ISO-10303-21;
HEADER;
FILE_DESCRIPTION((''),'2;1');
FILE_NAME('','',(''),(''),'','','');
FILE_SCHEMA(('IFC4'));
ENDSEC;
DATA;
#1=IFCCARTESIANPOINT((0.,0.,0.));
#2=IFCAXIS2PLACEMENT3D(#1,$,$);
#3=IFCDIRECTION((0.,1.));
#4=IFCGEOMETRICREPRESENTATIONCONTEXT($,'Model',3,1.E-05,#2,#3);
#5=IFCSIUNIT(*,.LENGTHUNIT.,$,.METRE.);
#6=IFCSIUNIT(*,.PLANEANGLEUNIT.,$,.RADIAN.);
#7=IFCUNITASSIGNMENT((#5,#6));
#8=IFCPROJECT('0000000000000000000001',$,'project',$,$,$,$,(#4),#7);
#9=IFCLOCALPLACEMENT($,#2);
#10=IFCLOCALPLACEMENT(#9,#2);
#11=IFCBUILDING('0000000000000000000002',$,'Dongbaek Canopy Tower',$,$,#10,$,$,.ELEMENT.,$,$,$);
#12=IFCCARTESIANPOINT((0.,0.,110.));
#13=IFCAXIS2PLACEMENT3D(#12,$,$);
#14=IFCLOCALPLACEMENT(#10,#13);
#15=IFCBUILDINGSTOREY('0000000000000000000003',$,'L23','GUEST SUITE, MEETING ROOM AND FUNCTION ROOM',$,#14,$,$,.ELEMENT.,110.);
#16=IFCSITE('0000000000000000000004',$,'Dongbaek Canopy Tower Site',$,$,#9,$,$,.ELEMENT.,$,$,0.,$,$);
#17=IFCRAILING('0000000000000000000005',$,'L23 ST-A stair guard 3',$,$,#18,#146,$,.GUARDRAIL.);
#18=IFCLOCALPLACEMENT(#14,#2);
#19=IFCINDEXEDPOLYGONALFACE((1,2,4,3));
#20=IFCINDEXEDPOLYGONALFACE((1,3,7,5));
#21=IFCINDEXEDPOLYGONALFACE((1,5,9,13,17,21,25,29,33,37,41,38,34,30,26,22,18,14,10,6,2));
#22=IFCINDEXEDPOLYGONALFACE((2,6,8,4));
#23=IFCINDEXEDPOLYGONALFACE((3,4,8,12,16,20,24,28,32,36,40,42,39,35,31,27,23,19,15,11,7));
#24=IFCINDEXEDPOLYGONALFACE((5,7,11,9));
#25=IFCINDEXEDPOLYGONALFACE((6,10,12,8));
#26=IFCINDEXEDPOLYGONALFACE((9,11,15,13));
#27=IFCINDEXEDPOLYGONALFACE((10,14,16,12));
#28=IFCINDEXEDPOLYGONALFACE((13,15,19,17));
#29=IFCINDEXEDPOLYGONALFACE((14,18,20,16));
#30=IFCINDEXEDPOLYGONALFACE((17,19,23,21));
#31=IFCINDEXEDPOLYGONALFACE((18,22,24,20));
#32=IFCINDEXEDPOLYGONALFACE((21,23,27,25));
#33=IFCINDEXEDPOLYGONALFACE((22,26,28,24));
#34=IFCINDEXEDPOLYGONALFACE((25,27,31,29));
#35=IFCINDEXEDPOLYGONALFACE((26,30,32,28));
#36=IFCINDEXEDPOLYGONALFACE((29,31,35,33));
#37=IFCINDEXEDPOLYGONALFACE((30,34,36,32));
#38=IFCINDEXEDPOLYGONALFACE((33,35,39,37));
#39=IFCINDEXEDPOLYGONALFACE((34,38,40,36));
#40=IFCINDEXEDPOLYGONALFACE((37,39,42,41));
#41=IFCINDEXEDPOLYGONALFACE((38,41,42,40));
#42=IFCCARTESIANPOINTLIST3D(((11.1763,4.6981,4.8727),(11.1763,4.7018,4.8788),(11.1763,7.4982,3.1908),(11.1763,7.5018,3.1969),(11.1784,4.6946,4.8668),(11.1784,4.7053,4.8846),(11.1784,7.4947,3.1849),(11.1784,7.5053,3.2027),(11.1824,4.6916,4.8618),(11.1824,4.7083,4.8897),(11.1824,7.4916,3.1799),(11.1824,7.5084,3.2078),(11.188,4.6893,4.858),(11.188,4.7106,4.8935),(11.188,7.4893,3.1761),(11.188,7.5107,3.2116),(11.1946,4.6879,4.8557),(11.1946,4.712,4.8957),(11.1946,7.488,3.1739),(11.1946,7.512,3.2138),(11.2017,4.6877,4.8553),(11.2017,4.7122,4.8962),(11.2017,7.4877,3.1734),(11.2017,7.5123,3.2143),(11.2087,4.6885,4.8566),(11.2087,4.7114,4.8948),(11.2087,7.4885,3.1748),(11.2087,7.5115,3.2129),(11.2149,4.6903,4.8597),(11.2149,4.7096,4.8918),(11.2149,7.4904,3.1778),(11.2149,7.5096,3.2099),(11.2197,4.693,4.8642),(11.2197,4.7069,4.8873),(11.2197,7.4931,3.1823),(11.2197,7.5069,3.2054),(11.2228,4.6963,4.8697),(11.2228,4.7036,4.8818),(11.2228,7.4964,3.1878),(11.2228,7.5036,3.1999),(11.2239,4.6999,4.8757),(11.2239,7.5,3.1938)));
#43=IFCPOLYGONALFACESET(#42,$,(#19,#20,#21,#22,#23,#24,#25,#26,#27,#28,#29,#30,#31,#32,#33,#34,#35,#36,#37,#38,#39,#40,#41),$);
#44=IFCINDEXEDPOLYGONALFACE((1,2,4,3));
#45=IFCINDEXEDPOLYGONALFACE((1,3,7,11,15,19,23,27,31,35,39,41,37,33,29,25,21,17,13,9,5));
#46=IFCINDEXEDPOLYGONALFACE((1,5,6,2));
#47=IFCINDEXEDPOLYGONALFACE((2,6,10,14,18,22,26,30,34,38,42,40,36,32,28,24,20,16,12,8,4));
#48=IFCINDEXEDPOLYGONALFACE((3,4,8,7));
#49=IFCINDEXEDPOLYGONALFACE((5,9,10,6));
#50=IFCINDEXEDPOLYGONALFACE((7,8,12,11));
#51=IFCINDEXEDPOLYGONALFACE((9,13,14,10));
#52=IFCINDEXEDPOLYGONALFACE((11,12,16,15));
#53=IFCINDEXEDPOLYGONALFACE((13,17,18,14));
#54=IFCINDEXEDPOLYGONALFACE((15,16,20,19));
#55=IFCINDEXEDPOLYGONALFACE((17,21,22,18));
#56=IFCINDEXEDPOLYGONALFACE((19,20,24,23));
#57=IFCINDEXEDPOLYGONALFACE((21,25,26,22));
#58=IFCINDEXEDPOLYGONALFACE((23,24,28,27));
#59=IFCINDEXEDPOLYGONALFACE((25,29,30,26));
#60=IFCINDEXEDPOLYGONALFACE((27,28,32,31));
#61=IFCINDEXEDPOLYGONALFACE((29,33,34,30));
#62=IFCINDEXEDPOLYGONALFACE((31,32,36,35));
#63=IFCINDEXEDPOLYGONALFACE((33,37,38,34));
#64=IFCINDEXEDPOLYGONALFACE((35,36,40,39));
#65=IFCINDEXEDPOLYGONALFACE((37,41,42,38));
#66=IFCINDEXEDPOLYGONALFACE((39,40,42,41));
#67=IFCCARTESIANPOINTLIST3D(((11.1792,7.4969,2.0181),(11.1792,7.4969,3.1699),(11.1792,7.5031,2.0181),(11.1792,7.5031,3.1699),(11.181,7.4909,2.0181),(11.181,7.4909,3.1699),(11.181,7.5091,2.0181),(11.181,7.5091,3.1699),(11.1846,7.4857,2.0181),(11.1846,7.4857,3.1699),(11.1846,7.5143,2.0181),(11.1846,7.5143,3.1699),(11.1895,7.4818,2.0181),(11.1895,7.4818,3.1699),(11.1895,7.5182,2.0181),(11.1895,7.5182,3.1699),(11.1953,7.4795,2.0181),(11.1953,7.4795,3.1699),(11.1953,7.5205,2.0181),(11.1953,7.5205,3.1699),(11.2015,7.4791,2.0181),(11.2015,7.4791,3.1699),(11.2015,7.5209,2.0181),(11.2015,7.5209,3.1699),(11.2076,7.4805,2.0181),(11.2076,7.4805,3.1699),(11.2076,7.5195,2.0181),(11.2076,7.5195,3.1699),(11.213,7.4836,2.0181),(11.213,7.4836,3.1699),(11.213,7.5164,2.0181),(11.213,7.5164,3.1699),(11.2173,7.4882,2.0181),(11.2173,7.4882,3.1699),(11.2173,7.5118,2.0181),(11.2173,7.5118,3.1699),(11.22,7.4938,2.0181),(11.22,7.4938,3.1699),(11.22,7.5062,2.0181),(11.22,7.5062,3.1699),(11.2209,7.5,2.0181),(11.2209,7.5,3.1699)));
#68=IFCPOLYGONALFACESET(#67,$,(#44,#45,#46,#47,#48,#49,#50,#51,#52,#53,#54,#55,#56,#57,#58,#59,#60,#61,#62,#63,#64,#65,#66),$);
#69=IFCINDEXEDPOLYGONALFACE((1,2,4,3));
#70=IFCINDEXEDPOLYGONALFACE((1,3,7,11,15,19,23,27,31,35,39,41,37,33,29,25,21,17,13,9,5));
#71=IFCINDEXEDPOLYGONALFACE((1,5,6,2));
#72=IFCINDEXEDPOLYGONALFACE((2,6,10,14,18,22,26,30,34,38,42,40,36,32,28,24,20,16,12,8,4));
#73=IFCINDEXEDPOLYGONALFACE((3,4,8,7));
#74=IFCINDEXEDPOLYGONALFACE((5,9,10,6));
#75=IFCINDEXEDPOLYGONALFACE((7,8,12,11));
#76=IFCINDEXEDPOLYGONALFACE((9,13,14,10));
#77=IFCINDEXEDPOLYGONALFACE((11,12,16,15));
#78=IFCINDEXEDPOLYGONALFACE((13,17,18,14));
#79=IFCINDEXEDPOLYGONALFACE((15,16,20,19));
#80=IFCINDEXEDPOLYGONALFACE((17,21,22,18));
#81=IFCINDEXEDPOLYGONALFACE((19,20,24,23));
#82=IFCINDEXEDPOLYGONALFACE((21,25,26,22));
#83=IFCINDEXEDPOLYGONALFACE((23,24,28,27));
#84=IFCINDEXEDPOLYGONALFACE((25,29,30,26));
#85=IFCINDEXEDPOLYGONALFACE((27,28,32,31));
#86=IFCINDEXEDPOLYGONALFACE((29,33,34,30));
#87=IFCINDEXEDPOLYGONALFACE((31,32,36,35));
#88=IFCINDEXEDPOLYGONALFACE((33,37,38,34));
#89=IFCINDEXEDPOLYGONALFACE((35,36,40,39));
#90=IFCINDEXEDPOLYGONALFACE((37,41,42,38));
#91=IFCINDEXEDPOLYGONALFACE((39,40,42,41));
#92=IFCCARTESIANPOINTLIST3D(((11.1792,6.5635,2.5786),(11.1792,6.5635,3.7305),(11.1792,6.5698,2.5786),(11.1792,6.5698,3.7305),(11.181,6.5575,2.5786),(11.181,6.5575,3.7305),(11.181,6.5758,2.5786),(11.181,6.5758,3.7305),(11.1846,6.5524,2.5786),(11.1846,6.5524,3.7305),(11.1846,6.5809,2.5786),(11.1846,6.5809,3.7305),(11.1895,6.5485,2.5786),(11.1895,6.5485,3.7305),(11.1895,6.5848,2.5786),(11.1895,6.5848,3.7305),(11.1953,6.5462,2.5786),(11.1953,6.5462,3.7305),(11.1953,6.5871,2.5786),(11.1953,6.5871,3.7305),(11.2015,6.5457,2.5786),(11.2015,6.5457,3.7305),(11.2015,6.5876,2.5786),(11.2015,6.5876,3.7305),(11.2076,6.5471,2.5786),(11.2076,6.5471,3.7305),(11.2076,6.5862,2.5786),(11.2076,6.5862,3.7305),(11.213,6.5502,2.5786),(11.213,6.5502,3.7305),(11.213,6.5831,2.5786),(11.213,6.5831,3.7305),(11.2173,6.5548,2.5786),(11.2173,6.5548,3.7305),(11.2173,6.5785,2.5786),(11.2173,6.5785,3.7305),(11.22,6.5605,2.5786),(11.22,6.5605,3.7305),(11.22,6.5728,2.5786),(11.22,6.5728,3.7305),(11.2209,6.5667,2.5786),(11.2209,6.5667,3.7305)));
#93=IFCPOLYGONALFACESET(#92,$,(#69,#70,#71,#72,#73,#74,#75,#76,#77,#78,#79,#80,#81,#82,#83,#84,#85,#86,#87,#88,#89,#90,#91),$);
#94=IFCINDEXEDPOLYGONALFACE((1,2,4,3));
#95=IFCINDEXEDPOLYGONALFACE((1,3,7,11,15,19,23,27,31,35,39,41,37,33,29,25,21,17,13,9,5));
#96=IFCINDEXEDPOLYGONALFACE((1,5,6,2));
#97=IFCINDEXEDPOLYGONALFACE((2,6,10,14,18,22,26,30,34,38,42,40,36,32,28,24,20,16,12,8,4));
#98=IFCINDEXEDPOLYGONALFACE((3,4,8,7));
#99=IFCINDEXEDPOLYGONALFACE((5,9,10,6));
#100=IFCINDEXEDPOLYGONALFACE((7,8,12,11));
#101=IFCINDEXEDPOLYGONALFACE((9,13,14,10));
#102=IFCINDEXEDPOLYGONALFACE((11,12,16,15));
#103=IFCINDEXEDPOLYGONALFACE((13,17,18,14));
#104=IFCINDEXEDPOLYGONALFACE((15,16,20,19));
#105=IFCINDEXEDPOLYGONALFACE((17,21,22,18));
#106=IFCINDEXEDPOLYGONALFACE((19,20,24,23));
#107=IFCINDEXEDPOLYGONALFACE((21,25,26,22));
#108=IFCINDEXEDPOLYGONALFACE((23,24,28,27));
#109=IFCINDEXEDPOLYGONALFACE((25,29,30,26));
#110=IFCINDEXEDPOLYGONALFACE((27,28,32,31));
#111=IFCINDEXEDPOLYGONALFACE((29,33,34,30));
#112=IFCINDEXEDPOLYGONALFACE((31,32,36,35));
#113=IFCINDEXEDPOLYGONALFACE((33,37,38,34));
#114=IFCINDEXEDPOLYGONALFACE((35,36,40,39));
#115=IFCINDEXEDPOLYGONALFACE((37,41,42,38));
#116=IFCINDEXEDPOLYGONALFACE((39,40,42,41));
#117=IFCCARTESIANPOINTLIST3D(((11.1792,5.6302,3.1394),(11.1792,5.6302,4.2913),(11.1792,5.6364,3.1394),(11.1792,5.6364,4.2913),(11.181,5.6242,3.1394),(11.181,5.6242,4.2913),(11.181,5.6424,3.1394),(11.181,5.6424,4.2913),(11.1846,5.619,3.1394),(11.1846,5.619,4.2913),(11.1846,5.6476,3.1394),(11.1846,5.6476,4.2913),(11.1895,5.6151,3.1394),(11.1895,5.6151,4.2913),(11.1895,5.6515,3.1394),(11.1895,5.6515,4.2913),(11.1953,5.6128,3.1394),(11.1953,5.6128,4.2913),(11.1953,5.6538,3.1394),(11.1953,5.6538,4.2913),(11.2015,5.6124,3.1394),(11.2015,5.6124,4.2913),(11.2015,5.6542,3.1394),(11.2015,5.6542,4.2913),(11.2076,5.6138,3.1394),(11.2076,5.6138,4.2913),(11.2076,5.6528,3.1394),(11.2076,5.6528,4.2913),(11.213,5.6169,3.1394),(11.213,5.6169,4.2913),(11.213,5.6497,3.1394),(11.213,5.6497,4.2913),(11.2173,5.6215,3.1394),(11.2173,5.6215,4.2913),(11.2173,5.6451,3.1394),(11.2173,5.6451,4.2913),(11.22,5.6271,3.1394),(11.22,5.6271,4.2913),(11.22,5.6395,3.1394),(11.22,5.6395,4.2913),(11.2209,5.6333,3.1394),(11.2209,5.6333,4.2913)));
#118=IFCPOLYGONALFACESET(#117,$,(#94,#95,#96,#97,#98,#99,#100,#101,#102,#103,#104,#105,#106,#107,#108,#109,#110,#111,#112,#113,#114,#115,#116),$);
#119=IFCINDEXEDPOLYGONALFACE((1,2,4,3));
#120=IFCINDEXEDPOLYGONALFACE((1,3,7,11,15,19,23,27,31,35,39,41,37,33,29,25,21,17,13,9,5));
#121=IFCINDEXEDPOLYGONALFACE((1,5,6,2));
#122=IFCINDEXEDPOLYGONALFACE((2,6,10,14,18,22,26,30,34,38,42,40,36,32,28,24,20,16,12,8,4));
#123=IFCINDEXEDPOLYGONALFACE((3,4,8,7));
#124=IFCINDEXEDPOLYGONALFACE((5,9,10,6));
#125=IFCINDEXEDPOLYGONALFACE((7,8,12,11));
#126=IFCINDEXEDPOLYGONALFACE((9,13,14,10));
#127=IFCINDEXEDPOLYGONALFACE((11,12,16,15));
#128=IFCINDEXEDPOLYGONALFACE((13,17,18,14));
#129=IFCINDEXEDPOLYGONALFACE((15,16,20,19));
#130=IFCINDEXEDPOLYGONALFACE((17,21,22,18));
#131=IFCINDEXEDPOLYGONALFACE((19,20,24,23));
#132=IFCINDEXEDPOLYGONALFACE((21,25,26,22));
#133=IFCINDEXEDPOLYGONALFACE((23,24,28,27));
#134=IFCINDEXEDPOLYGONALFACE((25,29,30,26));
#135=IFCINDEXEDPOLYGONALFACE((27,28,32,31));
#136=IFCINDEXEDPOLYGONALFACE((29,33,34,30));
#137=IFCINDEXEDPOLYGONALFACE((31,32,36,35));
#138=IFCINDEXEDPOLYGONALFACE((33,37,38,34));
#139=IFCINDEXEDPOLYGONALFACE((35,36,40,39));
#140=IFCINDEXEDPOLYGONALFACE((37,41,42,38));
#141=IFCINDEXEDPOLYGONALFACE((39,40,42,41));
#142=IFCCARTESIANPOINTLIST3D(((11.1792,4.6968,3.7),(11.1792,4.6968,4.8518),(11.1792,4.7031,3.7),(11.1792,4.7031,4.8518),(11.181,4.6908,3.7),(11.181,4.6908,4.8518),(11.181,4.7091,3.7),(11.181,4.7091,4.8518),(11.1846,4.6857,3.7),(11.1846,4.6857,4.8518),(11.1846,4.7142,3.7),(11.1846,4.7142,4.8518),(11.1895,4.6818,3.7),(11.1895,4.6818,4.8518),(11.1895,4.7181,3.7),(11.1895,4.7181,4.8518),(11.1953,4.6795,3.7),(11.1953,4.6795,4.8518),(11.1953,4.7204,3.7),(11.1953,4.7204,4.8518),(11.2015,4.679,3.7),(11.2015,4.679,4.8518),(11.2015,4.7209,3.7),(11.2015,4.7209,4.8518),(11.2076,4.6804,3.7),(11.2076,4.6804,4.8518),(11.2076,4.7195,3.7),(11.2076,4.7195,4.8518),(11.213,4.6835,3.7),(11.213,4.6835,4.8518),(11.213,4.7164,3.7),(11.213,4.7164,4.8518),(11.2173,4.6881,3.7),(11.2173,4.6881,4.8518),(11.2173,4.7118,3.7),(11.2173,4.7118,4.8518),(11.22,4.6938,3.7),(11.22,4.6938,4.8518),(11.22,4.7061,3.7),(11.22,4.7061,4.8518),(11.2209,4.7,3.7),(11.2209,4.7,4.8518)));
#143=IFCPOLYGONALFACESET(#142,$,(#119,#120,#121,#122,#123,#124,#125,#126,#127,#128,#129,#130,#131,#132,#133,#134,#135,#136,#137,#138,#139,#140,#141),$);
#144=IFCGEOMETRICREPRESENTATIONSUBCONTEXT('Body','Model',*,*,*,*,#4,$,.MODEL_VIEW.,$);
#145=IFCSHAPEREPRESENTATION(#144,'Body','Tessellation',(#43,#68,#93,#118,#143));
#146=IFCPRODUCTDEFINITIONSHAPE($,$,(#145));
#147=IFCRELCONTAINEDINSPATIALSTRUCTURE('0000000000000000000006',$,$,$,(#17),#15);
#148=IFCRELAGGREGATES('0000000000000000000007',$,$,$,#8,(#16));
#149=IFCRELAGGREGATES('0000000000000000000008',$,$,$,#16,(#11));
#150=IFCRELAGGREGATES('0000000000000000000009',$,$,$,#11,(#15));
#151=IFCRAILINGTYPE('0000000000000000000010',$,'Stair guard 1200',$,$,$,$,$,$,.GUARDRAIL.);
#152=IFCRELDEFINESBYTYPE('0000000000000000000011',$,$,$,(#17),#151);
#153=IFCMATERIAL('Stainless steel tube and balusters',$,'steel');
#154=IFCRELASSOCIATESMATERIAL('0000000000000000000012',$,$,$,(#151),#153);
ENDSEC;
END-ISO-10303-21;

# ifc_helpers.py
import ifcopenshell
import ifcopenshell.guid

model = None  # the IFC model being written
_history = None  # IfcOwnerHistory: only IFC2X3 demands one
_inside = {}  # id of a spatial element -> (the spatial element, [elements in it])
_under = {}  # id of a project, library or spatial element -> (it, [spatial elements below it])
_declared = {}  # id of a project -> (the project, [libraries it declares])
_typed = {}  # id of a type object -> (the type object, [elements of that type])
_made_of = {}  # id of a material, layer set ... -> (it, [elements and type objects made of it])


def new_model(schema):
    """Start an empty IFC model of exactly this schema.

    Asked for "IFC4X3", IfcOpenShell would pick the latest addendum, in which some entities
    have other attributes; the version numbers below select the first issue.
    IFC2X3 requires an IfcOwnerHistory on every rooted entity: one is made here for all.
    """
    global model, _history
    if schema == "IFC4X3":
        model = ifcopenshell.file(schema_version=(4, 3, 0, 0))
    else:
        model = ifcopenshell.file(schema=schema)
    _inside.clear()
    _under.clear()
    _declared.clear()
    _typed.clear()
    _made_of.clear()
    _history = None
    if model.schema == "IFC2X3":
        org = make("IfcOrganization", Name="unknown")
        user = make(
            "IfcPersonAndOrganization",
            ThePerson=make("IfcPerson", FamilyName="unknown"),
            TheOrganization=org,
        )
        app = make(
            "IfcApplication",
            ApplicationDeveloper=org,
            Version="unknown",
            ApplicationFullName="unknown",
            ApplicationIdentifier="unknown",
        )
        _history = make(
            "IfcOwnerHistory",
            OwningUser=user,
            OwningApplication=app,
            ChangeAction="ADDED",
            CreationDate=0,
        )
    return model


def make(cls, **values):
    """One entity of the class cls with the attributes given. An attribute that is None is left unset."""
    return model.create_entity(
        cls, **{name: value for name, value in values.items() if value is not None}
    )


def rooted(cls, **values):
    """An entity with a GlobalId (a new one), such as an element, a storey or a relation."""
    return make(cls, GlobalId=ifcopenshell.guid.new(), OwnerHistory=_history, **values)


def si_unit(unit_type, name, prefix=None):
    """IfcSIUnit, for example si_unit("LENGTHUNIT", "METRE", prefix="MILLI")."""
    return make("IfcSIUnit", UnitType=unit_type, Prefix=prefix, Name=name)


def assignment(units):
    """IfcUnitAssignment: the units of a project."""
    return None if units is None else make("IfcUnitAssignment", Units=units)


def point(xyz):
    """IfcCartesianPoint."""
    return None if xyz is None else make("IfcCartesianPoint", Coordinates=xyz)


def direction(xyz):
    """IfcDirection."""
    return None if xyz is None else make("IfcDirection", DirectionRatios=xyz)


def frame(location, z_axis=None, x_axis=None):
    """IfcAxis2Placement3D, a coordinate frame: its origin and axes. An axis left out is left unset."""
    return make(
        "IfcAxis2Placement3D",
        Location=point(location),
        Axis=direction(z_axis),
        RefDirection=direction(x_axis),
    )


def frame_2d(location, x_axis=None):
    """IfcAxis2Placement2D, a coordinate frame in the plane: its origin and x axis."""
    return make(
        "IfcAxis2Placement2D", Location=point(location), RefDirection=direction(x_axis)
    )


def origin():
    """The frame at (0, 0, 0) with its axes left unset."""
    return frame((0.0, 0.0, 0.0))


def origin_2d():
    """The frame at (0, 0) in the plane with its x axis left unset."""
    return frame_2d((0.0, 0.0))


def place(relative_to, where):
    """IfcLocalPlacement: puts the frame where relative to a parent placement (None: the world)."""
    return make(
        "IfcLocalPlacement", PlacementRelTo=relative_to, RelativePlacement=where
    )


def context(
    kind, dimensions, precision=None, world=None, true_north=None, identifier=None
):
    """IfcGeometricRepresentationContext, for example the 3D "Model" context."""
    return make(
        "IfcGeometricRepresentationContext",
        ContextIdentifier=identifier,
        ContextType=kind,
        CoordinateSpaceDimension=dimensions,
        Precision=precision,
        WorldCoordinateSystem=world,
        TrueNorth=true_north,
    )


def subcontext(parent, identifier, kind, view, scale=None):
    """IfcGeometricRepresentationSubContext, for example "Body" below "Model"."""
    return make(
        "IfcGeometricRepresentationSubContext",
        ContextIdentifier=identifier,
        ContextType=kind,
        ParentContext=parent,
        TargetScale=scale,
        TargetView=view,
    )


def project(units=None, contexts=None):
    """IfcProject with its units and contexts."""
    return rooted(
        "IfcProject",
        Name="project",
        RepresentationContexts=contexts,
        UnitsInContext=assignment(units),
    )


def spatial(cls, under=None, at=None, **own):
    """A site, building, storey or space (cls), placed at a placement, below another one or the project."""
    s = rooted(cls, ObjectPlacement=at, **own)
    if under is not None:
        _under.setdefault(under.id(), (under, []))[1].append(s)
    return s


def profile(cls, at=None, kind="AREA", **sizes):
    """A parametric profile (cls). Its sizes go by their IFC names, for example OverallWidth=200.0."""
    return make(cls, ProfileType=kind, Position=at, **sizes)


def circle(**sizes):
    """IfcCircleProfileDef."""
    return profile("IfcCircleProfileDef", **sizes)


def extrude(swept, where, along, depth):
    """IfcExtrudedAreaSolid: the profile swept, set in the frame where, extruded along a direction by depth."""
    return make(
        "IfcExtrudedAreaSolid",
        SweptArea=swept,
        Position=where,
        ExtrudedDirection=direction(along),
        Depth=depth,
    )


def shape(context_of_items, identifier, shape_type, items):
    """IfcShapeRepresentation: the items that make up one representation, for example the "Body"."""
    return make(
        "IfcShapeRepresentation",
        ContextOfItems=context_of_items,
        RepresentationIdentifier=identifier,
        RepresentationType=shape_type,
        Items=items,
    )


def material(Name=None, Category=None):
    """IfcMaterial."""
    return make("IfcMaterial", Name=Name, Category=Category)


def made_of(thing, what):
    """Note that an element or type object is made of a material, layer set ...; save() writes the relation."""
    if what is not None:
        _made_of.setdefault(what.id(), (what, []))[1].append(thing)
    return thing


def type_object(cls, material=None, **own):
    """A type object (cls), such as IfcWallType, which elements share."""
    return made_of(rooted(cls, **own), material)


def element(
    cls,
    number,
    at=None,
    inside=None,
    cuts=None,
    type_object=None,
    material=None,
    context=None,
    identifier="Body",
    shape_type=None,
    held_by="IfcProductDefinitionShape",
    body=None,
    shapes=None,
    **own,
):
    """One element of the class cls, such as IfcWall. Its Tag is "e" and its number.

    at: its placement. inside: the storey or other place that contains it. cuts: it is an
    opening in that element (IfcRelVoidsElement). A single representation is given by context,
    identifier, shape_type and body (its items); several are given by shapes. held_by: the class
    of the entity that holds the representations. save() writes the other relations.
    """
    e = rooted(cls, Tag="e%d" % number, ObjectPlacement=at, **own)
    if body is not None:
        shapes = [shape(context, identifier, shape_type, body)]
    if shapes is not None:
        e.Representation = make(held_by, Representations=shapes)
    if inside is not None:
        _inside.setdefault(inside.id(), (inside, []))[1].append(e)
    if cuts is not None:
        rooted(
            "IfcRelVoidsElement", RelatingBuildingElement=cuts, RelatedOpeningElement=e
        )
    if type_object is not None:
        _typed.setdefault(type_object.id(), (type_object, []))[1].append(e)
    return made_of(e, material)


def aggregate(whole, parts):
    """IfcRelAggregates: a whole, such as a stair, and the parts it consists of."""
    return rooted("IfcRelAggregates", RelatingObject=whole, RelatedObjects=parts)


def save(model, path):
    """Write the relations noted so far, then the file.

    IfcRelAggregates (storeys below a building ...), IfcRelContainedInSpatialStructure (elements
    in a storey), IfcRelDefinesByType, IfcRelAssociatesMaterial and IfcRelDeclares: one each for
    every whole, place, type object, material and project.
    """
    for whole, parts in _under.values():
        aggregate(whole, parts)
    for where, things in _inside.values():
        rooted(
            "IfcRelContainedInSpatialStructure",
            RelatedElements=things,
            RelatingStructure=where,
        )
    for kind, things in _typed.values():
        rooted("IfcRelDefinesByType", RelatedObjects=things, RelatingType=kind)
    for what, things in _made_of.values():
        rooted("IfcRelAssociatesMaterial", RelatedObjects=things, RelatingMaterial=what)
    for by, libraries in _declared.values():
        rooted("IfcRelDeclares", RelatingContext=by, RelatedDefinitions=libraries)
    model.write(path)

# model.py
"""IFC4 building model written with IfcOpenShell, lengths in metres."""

from ifc_helpers import new_model, si_unit, direction, frame, origin, origin_2d, place, context, subcontext, project, spatial, circle, extrude, material, type_object, element, save


model = new_model("IFC4")

# Units and contexts
model_context = context("Model", 3, precision=1e-05, world=origin(), true_north=direction((0.0, 1.0)))
body_context = subcontext(model_context, "Body", "Model", "MODEL_VIEW")
ifc_project = project(units=[si_unit("LENGTHUNIT", "METRE"), si_unit("PLANEANGLEUNIT", "RADIAN")], contexts=[model_context])

# Site, building, storey
site_placement = place(None, origin())
site = spatial("IfcSite", under=ifc_project, at=site_placement, Name="Dongbaek Canopy Tower Site", CompositionType="ELEMENT", RefElevation=0.0)
building_placement = place(site_placement, origin())
building = spatial("IfcBuilding", under=site, at=building_placement, Name="Dongbaek Canopy Tower", CompositionType="ELEMENT")
storey_placement = place(building_placement, frame((0.0, 0.0, 110.0)))
storey = spatial("IfcBuildingStorey", under=building, at=storey_placement, Name="L23", Description="GUEST SUITE, MEETING ROOM AND FUNCTION ROOM", CompositionType="ELEMENT", Elevation=110.0)

# Railing
ifc_material_1 = material(Name="Stainless steel tube and balusters", Category="steel")
railing_type_1 = type_object("IfcRailingType", Name="Stair guard 1200", PredefinedType="GUARDRAIL", material=ifc_material_1)
railing_1_placement = place(storey_placement, frame((11.2, 7.5, 2.0181)))
element("IfcRailing", 1, at=railing_1_placement, inside=storey, type_object=railing_type_1, Name="L23 ST-A stair guard 3", PredefinedType="GUARDRAIL", context=body_context, shape_type="SweptSolid", body=[
    extrude(circle(Radius=0.0239, at=origin_2d()), frame((0.0, 0.0, 1.1758), z_axis=(0.0, -0.857242, 0.514913), x_axis=(1.0, 0.0, 0.0)), (0.0, 0.0, 1.0), 3.2664),
    extrude(circle(Radius=0.021, at=origin_2d()), origin(), (0.0, 0.0, 1.0), 1.1519),
    extrude(circle(Radius=0.021, at=origin_2d()), frame((0.0, -0.9333, 0.5605)), (0.0, 0.0, 1.0), 1.1519),
    extrude(circle(Radius=0.021, at=origin_2d()), frame((0.0, -1.8667, 1.1213)), (0.0, 0.0, 1.0), 1.1519),
    extrude(circle(Radius=0.021, at=origin_2d()), frame((0.0, -2.8, 1.6819)), (0.0, 0.0, 1.0), 1.1519),
])

save(model, "model.ifc")
